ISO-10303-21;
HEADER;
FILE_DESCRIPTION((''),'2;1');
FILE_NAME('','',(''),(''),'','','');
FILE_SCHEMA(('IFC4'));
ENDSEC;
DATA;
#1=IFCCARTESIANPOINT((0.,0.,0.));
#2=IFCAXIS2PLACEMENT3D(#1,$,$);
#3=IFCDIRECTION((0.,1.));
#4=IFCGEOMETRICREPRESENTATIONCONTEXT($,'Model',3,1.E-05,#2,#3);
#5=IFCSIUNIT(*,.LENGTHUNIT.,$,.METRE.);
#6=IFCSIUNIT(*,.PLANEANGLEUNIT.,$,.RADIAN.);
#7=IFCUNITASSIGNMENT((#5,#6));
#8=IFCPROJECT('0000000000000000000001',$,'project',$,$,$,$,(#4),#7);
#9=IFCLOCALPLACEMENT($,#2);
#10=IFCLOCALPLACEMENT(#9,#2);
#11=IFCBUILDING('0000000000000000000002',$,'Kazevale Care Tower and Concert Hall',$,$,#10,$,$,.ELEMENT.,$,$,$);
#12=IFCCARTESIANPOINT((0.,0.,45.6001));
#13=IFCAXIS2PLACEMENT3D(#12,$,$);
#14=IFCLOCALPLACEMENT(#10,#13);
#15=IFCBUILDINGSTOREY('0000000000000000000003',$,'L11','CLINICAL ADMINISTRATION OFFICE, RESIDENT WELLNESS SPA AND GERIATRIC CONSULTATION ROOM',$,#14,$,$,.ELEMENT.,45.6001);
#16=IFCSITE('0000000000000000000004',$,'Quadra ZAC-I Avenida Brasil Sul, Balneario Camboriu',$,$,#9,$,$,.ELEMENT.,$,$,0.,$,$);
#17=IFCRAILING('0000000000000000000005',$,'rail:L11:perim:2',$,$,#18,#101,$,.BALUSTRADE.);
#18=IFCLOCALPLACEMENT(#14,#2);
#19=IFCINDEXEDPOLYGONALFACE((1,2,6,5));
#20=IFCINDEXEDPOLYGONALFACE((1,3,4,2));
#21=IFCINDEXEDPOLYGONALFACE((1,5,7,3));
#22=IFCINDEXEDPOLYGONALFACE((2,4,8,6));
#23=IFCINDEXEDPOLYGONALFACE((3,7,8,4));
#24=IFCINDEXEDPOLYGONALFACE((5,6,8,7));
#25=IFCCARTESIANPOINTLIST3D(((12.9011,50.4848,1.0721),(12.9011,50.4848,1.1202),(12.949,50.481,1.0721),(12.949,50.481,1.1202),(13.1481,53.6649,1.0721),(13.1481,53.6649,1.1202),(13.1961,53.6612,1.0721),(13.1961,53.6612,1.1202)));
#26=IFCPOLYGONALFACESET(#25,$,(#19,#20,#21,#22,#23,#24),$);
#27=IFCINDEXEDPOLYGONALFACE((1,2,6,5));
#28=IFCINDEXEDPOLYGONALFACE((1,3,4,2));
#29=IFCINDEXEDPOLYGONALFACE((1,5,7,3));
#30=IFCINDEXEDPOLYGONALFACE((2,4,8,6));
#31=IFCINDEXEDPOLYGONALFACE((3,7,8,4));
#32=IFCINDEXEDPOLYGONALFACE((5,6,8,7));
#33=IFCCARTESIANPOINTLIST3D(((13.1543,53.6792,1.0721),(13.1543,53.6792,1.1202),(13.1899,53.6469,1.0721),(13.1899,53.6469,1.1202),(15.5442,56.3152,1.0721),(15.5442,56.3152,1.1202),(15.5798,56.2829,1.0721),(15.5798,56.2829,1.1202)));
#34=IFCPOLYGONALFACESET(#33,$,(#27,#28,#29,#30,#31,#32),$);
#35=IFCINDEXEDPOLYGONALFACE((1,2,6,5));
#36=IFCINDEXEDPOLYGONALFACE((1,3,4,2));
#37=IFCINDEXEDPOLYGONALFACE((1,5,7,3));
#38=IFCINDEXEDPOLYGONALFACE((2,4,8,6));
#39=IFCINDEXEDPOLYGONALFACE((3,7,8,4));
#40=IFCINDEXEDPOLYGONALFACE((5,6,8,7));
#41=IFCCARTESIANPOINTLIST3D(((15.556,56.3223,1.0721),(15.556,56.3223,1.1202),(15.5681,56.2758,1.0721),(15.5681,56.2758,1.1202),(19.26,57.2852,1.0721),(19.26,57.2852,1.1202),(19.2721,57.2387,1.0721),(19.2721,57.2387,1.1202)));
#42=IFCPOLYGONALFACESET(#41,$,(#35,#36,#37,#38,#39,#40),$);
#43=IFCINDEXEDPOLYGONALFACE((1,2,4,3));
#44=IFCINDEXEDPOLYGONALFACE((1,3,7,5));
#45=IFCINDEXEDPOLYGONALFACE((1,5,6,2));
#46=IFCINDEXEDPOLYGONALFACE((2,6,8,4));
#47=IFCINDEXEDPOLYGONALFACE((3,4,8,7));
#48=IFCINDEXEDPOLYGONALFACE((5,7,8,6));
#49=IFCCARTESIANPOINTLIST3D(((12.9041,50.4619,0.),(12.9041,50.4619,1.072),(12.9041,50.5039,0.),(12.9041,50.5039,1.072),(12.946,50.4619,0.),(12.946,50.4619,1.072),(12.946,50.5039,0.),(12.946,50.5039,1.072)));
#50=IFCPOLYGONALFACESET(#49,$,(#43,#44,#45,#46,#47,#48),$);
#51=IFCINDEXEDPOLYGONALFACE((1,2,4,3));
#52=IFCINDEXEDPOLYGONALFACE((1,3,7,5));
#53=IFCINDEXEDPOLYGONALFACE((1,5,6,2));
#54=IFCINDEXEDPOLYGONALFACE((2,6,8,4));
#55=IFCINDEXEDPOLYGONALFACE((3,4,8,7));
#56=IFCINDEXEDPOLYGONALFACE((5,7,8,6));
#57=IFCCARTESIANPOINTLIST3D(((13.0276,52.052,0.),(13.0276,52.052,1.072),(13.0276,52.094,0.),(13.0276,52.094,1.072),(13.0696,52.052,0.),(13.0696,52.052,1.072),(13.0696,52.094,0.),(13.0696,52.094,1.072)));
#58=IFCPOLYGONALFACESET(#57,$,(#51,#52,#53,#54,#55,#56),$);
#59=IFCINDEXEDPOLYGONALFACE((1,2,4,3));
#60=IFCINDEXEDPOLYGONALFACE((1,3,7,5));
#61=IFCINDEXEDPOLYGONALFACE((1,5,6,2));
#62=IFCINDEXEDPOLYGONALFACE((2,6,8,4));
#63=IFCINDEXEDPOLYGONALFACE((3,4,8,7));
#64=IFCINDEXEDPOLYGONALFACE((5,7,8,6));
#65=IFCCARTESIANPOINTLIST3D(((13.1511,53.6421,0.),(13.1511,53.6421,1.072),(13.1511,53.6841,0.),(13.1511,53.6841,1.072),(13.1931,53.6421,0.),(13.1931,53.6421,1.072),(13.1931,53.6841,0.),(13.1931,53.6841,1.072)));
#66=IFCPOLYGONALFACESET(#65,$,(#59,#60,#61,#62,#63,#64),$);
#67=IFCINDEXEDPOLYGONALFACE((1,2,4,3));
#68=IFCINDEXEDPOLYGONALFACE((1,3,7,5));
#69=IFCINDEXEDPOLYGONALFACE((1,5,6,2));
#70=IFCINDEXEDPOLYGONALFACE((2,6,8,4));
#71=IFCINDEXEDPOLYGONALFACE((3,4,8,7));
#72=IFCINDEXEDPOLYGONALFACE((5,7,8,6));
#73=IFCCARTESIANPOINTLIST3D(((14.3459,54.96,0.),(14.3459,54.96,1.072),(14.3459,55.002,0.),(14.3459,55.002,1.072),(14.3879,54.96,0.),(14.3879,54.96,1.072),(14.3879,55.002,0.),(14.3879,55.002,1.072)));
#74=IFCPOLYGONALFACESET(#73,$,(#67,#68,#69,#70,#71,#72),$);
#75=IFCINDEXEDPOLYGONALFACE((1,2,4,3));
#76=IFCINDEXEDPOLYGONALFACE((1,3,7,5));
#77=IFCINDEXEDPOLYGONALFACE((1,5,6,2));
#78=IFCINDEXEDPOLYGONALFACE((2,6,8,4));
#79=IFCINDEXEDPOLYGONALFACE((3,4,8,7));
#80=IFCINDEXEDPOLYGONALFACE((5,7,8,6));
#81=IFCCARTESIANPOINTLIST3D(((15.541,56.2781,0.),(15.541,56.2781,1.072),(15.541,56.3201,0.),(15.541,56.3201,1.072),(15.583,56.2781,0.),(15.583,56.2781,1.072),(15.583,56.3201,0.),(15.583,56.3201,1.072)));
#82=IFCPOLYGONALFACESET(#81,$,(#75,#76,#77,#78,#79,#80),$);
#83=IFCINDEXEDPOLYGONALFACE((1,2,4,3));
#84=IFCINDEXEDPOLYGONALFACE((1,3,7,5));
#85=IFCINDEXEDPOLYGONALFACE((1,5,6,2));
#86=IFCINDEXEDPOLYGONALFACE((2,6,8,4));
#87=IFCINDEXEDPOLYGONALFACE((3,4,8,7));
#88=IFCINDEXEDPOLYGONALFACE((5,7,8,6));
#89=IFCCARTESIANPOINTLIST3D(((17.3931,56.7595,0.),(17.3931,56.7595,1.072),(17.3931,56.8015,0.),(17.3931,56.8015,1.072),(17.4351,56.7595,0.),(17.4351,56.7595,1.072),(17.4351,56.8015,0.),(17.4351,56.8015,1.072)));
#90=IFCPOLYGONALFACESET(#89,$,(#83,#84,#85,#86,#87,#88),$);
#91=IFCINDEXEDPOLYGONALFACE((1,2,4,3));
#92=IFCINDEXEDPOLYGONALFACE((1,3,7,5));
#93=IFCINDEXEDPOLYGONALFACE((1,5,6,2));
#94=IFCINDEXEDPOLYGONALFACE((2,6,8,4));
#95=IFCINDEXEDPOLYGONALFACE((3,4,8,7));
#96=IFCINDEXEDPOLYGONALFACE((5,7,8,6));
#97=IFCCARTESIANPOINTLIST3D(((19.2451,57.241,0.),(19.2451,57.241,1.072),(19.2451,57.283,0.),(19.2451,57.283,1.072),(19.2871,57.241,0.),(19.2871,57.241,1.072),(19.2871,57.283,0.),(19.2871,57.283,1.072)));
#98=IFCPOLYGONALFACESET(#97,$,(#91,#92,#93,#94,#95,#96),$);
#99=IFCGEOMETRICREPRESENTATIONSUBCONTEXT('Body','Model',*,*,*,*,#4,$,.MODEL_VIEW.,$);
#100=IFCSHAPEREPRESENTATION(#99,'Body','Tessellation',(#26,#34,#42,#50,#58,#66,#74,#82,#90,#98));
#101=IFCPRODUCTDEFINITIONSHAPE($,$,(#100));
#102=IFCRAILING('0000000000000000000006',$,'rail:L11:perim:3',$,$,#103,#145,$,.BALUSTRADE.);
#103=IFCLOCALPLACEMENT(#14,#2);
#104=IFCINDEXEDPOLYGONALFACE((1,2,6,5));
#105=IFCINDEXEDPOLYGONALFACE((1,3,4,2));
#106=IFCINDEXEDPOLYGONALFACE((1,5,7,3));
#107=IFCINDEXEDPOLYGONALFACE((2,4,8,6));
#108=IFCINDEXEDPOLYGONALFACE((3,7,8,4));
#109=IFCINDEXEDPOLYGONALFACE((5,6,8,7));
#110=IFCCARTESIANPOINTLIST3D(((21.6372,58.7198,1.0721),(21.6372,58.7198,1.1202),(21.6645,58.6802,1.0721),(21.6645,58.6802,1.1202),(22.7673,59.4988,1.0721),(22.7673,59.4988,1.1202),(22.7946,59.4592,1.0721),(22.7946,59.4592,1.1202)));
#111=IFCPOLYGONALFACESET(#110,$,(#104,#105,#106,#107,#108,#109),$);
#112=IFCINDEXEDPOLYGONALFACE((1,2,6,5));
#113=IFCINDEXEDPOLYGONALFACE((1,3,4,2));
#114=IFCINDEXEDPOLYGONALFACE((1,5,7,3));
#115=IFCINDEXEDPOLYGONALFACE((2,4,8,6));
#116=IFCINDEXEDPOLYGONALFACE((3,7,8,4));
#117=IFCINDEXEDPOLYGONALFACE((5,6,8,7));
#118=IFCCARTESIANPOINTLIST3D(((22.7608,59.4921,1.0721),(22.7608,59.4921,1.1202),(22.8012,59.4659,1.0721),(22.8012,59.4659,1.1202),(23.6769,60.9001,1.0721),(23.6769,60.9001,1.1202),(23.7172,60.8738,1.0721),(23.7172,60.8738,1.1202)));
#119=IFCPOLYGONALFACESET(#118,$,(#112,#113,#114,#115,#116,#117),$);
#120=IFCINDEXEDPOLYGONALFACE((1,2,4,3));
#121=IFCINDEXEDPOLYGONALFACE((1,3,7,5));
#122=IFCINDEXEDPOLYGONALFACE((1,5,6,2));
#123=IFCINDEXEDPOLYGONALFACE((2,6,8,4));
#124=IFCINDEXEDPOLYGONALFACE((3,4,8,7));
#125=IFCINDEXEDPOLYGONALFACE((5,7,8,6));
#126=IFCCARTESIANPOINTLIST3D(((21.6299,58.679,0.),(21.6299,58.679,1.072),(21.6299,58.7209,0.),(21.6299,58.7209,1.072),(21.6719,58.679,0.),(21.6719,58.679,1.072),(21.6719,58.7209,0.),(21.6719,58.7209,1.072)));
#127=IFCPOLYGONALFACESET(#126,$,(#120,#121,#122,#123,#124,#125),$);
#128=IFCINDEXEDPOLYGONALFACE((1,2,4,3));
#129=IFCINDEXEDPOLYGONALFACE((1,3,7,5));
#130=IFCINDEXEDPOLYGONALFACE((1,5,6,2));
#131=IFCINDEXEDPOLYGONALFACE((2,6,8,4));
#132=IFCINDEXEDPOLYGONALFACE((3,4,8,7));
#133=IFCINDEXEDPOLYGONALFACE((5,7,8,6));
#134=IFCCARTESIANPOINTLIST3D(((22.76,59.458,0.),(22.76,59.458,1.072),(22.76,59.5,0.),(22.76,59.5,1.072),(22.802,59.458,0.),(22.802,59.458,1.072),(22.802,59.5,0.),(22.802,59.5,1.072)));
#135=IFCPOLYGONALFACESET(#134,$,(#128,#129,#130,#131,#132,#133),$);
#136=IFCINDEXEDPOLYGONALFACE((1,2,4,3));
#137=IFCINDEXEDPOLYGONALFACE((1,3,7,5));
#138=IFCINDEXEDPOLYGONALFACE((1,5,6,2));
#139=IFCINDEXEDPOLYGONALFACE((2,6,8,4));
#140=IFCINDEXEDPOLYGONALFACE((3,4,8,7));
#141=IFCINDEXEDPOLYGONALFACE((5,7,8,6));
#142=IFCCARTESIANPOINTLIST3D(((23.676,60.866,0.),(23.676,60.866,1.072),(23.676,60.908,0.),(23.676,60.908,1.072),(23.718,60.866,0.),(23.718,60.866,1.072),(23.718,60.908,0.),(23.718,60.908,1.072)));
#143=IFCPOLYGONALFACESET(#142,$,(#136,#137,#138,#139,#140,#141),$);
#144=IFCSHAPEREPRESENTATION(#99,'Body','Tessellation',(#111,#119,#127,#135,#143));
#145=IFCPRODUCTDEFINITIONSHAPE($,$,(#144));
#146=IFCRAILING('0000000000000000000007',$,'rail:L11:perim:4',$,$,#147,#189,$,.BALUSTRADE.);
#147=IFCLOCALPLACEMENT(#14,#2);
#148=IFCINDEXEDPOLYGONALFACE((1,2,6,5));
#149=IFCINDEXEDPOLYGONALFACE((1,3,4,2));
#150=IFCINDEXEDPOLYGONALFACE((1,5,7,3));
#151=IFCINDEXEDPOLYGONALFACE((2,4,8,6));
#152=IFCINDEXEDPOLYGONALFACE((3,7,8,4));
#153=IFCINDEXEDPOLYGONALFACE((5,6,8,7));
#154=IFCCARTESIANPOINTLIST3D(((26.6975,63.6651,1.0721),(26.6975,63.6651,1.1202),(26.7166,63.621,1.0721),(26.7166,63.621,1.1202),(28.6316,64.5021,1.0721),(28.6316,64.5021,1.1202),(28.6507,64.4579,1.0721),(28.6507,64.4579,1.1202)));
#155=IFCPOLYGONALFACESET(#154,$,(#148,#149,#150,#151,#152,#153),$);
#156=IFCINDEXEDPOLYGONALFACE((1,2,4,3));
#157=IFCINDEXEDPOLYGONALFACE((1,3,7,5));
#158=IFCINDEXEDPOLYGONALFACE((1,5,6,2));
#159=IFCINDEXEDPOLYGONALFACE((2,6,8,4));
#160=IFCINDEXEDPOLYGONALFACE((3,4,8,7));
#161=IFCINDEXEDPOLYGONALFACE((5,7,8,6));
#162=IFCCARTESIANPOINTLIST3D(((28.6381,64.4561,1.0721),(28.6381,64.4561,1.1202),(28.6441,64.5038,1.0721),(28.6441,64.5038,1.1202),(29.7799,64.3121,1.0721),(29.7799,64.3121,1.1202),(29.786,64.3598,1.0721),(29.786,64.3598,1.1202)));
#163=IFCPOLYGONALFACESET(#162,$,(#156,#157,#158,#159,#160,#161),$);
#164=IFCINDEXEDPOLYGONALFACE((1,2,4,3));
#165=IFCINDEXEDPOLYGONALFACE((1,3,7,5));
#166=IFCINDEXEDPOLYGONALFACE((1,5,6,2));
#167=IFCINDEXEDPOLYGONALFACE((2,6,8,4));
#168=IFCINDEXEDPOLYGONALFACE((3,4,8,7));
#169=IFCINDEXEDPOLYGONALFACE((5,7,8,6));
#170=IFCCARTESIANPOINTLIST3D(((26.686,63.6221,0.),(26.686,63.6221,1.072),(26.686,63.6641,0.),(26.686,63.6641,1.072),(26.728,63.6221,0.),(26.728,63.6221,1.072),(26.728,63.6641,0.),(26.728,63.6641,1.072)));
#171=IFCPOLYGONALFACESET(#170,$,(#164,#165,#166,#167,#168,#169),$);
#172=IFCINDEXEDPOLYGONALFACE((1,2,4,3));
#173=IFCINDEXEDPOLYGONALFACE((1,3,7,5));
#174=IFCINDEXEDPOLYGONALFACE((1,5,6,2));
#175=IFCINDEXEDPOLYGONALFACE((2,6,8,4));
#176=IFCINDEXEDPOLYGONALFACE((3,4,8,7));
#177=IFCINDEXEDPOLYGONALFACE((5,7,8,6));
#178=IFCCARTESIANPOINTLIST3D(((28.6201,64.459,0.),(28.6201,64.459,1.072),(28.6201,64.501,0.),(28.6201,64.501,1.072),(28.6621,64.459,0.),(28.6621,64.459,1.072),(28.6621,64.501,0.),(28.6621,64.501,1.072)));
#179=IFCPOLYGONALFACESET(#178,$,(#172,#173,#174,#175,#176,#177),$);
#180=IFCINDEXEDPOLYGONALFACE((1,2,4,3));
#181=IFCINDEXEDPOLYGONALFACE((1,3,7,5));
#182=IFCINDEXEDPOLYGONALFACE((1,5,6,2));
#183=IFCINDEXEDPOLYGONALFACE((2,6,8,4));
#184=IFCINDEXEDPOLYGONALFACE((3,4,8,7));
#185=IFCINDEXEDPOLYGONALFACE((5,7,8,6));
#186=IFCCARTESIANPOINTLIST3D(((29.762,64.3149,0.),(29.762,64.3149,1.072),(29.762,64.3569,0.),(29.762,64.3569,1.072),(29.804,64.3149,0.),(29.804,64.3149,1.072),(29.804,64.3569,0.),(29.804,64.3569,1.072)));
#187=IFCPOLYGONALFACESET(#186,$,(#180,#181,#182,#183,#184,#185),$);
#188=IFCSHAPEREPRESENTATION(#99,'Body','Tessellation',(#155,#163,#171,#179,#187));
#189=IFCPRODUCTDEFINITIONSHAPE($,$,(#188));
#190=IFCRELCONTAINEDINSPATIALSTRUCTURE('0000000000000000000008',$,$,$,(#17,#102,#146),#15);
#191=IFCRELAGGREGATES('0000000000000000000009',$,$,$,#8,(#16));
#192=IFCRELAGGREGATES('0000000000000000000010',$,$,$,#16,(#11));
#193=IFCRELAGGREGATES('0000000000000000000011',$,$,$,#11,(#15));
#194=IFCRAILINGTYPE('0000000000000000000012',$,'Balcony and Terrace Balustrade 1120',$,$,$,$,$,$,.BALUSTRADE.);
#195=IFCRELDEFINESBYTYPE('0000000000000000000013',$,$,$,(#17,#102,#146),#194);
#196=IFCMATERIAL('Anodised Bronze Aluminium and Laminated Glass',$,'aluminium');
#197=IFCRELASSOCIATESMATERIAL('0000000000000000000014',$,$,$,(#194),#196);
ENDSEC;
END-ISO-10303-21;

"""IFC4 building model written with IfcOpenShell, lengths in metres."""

from ifc_helpers import new_model, si_unit, direction, frame, origin, origin_2d, place, context, subcontext, project, spatial, rectangle, extrude, material, type_object, element, save


model = new_model("IFC4")

# Units and contexts
model_context = context("Model", 3, precision=1e-05, world=origin(), true_north=direction((0.0, 1.0)))
body_context = subcontext(model_context, "Body", "Model", "MODEL_VIEW")
ifc_project = project(units=[si_unit("LENGTHUNIT", "METRE"), si_unit("PLANEANGLEUNIT", "RADIAN")], contexts=[model_context])

# Site, building, storey
site_placement = place(None, origin())
site = spatial("IfcSite", under=ifc_project, at=site_placement, Name="Quadra ZAC-I Avenida Brasil Sul, Balneario Camboriu", CompositionType="ELEMENT", RefElevation=0.0)
building_placement = place(site_placement, origin())
building = spatial("IfcBuilding", under=site, at=building_placement, Name="Kazevale Care Tower and Concert Hall", CompositionType="ELEMENT")
storey_placement = place(building_placement, frame((0.0, 0.0, 45.6001)))
storey = spatial("IfcBuildingStorey", under=building, at=storey_placement, Name="L11", Description="CLINICAL ADMINISTRATION OFFICE, RESIDENT WELLNESS SPA AND GERIATRIC CONSULTATION ROOM", CompositionType="ELEMENT", Elevation=45.6001)

# Railings
ifc_material_1 = material(Name="Anodised Bronze Aluminium and Laminated Glass", Category="aluminium")
railing_type = type_object("IfcRailingType", Name="Balcony and Terrace Balustrade 1120", PredefinedType="BALUSTRADE", material=ifc_material_1)
railing_1_placement = place(storey_placement, frame((12.925, 50.4829, 0.0)))
element("IfcRailing", 1, at=railing_1_placement, inside=storey, type_object=railing_type, Name="rail:L11:perim:2", PredefinedType="BALUSTRADE", context=body_context, shape_type="SweptSolid", body=[
    extrude(rectangle(XDim=0.0481, YDim=0.0481, at=origin_2d()), frame((0.0, 0.0, 1.0962), z_axis=(0.077457, 0.996996, 0.0), x_axis=(-0.996996, 0.077457, 0.0)), (0.0, 0.0, 1.0), 3.1897),
    extrude(rectangle(XDim=0.0481, YDim=0.0481, at=origin_2d()), frame((0.2471, 3.1802, 1.0962), z_axis=(0.671678, 0.740843, 0.0), x_axis=(-0.740843, 0.671678, 0.0)), (0.0, 0.0, 1.0), 3.5581),
    extrude(rectangle(XDim=0.0481, YDim=0.0481, at=origin_2d()), frame((2.637, 5.8162, 1.0962), z_axis=(0.967834, 0.251591, 0.0), x_axis=(-0.251591, 0.967834, 0.0)), (0.0, 0.0, 1.0), 3.8271),
    extrude(rectangle(XDim=0.042, YDim=0.042, at=origin_2d()), origin(), (0.0, 0.0, 1.0), 1.072),
    extrude(rectangle(XDim=0.042, YDim=0.042, at=origin_2d()), frame((0.1235, 1.5901, 0.0)), (0.0, 0.0, 1.0), 1.072),
    extrude(rectangle(XDim=0.042, YDim=0.042, at=origin_2d()), frame((0.2471, 3.1802, 0.0)), (0.0, 0.0, 1.0), 1.072),
    extrude(rectangle(XDim=0.042, YDim=0.042, at=origin_2d()), frame((1.4419, 4.498, 0.0)), (0.0, 0.0, 1.0), 1.072),
    extrude(rectangle(XDim=0.042, YDim=0.042, at=origin_2d()), frame((2.637, 5.8162, 0.0)), (0.0, 0.0, 1.0), 1.072),
    extrude(rectangle(XDim=0.042, YDim=0.042, at=origin_2d()), frame((4.489, 6.2976, 0.0)), (0.0, 0.0, 1.0), 1.072),
    extrude(rectangle(XDim=0.042, YDim=0.042, at=origin_2d()), frame((6.3411, 6.7791, 0.0)), (0.0, 0.0, 1.0), 1.072),
])
railing_2_placement = place(storey_placement, frame((21.6509, 58.7, 0.0)))
element("IfcRailing", 2, at=railing_2_placement, inside=storey, type_object=railing_type, Name="rail:L11:perim:3", PredefinedType="BALUSTRADE", context=body_context, shape_type="SweptSolid", body=[
    extrude(rectangle(XDim=0.0481, YDim=0.0481, at=origin_2d()), frame((0.0, 0.0, 1.0962), z_axis=(0.82333, 0.567563, 0.0), x_axis=(-0.567563, 0.82333, 0.0)), (0.0, 0.0, 1.0), 1.3726),
    extrude(rectangle(XDim=0.0481, YDim=0.0481, at=origin_2d()), frame((1.1301, 0.7791, 1.0962), z_axis=(0.545341, 0.838214, 0.0), x_axis=(-0.838214, 0.545341, 0.0)), (0.0, 0.0, 1.0), 1.6797),
    extrude(rectangle(XDim=0.042, YDim=0.042, at=origin_2d()), origin(), (0.0, 0.0, 1.0), 1.072),
    extrude(rectangle(XDim=0.042, YDim=0.042, at=origin_2d()), frame((1.1301, 0.7791, 0.0)), (0.0, 0.0, 1.0), 1.072),
    extrude(rectangle(XDim=0.042, YDim=0.042, at=origin_2d()), frame((2.0461, 2.187, 0.0)), (0.0, 0.0, 1.0), 1.072),
])
railing_3_placement = place(storey_placement, frame((26.707, 63.6431, 0.0)))
element("IfcRailing", 3, at=railing_3_placement, inside=storey, type_object=railing_type, Name="rail:L11:perim:4", PredefinedType="BALUSTRADE", context=body_context, shape_type="SweptSolid", body=[
    extrude(rectangle(XDim=0.0481, YDim=0.0481, at=origin_2d()), frame((0.0, 0.0, 1.0962), z_axis=(0.917761, 0.397133, 0.0), x_axis=(-0.397133, 0.917761, 0.0)), (0.0, 0.0, 1.0), 2.1074),
    extrude(rectangle(XDim=0.0481, YDim=0.0481, at=origin_2d()), frame((1.9341, 0.8369, 1.0962), z_axis=(0.992137, -0.125157, 0.0), x_axis=(0.125157, 0.992137, 0.0)), (0.0, 0.0, 1.0), 1.1509),
    extrude(rectangle(XDim=0.042, YDim=0.042, at=origin_2d()), origin(), (0.0, 0.0, 1.0), 1.072),
    extrude(rectangle(XDim=0.042, YDim=0.042, at=origin_2d()), frame((1.9341, 0.8369, 0.0)), (0.0, 0.0, 1.0), 1.072),
    extrude(rectangle(XDim=0.042, YDim=0.042, at=origin_2d()), frame((3.0759, 0.6929, 0.0)), (0.0, 0.0, 1.0), 1.072),
])

save(model, "model.ifc")
